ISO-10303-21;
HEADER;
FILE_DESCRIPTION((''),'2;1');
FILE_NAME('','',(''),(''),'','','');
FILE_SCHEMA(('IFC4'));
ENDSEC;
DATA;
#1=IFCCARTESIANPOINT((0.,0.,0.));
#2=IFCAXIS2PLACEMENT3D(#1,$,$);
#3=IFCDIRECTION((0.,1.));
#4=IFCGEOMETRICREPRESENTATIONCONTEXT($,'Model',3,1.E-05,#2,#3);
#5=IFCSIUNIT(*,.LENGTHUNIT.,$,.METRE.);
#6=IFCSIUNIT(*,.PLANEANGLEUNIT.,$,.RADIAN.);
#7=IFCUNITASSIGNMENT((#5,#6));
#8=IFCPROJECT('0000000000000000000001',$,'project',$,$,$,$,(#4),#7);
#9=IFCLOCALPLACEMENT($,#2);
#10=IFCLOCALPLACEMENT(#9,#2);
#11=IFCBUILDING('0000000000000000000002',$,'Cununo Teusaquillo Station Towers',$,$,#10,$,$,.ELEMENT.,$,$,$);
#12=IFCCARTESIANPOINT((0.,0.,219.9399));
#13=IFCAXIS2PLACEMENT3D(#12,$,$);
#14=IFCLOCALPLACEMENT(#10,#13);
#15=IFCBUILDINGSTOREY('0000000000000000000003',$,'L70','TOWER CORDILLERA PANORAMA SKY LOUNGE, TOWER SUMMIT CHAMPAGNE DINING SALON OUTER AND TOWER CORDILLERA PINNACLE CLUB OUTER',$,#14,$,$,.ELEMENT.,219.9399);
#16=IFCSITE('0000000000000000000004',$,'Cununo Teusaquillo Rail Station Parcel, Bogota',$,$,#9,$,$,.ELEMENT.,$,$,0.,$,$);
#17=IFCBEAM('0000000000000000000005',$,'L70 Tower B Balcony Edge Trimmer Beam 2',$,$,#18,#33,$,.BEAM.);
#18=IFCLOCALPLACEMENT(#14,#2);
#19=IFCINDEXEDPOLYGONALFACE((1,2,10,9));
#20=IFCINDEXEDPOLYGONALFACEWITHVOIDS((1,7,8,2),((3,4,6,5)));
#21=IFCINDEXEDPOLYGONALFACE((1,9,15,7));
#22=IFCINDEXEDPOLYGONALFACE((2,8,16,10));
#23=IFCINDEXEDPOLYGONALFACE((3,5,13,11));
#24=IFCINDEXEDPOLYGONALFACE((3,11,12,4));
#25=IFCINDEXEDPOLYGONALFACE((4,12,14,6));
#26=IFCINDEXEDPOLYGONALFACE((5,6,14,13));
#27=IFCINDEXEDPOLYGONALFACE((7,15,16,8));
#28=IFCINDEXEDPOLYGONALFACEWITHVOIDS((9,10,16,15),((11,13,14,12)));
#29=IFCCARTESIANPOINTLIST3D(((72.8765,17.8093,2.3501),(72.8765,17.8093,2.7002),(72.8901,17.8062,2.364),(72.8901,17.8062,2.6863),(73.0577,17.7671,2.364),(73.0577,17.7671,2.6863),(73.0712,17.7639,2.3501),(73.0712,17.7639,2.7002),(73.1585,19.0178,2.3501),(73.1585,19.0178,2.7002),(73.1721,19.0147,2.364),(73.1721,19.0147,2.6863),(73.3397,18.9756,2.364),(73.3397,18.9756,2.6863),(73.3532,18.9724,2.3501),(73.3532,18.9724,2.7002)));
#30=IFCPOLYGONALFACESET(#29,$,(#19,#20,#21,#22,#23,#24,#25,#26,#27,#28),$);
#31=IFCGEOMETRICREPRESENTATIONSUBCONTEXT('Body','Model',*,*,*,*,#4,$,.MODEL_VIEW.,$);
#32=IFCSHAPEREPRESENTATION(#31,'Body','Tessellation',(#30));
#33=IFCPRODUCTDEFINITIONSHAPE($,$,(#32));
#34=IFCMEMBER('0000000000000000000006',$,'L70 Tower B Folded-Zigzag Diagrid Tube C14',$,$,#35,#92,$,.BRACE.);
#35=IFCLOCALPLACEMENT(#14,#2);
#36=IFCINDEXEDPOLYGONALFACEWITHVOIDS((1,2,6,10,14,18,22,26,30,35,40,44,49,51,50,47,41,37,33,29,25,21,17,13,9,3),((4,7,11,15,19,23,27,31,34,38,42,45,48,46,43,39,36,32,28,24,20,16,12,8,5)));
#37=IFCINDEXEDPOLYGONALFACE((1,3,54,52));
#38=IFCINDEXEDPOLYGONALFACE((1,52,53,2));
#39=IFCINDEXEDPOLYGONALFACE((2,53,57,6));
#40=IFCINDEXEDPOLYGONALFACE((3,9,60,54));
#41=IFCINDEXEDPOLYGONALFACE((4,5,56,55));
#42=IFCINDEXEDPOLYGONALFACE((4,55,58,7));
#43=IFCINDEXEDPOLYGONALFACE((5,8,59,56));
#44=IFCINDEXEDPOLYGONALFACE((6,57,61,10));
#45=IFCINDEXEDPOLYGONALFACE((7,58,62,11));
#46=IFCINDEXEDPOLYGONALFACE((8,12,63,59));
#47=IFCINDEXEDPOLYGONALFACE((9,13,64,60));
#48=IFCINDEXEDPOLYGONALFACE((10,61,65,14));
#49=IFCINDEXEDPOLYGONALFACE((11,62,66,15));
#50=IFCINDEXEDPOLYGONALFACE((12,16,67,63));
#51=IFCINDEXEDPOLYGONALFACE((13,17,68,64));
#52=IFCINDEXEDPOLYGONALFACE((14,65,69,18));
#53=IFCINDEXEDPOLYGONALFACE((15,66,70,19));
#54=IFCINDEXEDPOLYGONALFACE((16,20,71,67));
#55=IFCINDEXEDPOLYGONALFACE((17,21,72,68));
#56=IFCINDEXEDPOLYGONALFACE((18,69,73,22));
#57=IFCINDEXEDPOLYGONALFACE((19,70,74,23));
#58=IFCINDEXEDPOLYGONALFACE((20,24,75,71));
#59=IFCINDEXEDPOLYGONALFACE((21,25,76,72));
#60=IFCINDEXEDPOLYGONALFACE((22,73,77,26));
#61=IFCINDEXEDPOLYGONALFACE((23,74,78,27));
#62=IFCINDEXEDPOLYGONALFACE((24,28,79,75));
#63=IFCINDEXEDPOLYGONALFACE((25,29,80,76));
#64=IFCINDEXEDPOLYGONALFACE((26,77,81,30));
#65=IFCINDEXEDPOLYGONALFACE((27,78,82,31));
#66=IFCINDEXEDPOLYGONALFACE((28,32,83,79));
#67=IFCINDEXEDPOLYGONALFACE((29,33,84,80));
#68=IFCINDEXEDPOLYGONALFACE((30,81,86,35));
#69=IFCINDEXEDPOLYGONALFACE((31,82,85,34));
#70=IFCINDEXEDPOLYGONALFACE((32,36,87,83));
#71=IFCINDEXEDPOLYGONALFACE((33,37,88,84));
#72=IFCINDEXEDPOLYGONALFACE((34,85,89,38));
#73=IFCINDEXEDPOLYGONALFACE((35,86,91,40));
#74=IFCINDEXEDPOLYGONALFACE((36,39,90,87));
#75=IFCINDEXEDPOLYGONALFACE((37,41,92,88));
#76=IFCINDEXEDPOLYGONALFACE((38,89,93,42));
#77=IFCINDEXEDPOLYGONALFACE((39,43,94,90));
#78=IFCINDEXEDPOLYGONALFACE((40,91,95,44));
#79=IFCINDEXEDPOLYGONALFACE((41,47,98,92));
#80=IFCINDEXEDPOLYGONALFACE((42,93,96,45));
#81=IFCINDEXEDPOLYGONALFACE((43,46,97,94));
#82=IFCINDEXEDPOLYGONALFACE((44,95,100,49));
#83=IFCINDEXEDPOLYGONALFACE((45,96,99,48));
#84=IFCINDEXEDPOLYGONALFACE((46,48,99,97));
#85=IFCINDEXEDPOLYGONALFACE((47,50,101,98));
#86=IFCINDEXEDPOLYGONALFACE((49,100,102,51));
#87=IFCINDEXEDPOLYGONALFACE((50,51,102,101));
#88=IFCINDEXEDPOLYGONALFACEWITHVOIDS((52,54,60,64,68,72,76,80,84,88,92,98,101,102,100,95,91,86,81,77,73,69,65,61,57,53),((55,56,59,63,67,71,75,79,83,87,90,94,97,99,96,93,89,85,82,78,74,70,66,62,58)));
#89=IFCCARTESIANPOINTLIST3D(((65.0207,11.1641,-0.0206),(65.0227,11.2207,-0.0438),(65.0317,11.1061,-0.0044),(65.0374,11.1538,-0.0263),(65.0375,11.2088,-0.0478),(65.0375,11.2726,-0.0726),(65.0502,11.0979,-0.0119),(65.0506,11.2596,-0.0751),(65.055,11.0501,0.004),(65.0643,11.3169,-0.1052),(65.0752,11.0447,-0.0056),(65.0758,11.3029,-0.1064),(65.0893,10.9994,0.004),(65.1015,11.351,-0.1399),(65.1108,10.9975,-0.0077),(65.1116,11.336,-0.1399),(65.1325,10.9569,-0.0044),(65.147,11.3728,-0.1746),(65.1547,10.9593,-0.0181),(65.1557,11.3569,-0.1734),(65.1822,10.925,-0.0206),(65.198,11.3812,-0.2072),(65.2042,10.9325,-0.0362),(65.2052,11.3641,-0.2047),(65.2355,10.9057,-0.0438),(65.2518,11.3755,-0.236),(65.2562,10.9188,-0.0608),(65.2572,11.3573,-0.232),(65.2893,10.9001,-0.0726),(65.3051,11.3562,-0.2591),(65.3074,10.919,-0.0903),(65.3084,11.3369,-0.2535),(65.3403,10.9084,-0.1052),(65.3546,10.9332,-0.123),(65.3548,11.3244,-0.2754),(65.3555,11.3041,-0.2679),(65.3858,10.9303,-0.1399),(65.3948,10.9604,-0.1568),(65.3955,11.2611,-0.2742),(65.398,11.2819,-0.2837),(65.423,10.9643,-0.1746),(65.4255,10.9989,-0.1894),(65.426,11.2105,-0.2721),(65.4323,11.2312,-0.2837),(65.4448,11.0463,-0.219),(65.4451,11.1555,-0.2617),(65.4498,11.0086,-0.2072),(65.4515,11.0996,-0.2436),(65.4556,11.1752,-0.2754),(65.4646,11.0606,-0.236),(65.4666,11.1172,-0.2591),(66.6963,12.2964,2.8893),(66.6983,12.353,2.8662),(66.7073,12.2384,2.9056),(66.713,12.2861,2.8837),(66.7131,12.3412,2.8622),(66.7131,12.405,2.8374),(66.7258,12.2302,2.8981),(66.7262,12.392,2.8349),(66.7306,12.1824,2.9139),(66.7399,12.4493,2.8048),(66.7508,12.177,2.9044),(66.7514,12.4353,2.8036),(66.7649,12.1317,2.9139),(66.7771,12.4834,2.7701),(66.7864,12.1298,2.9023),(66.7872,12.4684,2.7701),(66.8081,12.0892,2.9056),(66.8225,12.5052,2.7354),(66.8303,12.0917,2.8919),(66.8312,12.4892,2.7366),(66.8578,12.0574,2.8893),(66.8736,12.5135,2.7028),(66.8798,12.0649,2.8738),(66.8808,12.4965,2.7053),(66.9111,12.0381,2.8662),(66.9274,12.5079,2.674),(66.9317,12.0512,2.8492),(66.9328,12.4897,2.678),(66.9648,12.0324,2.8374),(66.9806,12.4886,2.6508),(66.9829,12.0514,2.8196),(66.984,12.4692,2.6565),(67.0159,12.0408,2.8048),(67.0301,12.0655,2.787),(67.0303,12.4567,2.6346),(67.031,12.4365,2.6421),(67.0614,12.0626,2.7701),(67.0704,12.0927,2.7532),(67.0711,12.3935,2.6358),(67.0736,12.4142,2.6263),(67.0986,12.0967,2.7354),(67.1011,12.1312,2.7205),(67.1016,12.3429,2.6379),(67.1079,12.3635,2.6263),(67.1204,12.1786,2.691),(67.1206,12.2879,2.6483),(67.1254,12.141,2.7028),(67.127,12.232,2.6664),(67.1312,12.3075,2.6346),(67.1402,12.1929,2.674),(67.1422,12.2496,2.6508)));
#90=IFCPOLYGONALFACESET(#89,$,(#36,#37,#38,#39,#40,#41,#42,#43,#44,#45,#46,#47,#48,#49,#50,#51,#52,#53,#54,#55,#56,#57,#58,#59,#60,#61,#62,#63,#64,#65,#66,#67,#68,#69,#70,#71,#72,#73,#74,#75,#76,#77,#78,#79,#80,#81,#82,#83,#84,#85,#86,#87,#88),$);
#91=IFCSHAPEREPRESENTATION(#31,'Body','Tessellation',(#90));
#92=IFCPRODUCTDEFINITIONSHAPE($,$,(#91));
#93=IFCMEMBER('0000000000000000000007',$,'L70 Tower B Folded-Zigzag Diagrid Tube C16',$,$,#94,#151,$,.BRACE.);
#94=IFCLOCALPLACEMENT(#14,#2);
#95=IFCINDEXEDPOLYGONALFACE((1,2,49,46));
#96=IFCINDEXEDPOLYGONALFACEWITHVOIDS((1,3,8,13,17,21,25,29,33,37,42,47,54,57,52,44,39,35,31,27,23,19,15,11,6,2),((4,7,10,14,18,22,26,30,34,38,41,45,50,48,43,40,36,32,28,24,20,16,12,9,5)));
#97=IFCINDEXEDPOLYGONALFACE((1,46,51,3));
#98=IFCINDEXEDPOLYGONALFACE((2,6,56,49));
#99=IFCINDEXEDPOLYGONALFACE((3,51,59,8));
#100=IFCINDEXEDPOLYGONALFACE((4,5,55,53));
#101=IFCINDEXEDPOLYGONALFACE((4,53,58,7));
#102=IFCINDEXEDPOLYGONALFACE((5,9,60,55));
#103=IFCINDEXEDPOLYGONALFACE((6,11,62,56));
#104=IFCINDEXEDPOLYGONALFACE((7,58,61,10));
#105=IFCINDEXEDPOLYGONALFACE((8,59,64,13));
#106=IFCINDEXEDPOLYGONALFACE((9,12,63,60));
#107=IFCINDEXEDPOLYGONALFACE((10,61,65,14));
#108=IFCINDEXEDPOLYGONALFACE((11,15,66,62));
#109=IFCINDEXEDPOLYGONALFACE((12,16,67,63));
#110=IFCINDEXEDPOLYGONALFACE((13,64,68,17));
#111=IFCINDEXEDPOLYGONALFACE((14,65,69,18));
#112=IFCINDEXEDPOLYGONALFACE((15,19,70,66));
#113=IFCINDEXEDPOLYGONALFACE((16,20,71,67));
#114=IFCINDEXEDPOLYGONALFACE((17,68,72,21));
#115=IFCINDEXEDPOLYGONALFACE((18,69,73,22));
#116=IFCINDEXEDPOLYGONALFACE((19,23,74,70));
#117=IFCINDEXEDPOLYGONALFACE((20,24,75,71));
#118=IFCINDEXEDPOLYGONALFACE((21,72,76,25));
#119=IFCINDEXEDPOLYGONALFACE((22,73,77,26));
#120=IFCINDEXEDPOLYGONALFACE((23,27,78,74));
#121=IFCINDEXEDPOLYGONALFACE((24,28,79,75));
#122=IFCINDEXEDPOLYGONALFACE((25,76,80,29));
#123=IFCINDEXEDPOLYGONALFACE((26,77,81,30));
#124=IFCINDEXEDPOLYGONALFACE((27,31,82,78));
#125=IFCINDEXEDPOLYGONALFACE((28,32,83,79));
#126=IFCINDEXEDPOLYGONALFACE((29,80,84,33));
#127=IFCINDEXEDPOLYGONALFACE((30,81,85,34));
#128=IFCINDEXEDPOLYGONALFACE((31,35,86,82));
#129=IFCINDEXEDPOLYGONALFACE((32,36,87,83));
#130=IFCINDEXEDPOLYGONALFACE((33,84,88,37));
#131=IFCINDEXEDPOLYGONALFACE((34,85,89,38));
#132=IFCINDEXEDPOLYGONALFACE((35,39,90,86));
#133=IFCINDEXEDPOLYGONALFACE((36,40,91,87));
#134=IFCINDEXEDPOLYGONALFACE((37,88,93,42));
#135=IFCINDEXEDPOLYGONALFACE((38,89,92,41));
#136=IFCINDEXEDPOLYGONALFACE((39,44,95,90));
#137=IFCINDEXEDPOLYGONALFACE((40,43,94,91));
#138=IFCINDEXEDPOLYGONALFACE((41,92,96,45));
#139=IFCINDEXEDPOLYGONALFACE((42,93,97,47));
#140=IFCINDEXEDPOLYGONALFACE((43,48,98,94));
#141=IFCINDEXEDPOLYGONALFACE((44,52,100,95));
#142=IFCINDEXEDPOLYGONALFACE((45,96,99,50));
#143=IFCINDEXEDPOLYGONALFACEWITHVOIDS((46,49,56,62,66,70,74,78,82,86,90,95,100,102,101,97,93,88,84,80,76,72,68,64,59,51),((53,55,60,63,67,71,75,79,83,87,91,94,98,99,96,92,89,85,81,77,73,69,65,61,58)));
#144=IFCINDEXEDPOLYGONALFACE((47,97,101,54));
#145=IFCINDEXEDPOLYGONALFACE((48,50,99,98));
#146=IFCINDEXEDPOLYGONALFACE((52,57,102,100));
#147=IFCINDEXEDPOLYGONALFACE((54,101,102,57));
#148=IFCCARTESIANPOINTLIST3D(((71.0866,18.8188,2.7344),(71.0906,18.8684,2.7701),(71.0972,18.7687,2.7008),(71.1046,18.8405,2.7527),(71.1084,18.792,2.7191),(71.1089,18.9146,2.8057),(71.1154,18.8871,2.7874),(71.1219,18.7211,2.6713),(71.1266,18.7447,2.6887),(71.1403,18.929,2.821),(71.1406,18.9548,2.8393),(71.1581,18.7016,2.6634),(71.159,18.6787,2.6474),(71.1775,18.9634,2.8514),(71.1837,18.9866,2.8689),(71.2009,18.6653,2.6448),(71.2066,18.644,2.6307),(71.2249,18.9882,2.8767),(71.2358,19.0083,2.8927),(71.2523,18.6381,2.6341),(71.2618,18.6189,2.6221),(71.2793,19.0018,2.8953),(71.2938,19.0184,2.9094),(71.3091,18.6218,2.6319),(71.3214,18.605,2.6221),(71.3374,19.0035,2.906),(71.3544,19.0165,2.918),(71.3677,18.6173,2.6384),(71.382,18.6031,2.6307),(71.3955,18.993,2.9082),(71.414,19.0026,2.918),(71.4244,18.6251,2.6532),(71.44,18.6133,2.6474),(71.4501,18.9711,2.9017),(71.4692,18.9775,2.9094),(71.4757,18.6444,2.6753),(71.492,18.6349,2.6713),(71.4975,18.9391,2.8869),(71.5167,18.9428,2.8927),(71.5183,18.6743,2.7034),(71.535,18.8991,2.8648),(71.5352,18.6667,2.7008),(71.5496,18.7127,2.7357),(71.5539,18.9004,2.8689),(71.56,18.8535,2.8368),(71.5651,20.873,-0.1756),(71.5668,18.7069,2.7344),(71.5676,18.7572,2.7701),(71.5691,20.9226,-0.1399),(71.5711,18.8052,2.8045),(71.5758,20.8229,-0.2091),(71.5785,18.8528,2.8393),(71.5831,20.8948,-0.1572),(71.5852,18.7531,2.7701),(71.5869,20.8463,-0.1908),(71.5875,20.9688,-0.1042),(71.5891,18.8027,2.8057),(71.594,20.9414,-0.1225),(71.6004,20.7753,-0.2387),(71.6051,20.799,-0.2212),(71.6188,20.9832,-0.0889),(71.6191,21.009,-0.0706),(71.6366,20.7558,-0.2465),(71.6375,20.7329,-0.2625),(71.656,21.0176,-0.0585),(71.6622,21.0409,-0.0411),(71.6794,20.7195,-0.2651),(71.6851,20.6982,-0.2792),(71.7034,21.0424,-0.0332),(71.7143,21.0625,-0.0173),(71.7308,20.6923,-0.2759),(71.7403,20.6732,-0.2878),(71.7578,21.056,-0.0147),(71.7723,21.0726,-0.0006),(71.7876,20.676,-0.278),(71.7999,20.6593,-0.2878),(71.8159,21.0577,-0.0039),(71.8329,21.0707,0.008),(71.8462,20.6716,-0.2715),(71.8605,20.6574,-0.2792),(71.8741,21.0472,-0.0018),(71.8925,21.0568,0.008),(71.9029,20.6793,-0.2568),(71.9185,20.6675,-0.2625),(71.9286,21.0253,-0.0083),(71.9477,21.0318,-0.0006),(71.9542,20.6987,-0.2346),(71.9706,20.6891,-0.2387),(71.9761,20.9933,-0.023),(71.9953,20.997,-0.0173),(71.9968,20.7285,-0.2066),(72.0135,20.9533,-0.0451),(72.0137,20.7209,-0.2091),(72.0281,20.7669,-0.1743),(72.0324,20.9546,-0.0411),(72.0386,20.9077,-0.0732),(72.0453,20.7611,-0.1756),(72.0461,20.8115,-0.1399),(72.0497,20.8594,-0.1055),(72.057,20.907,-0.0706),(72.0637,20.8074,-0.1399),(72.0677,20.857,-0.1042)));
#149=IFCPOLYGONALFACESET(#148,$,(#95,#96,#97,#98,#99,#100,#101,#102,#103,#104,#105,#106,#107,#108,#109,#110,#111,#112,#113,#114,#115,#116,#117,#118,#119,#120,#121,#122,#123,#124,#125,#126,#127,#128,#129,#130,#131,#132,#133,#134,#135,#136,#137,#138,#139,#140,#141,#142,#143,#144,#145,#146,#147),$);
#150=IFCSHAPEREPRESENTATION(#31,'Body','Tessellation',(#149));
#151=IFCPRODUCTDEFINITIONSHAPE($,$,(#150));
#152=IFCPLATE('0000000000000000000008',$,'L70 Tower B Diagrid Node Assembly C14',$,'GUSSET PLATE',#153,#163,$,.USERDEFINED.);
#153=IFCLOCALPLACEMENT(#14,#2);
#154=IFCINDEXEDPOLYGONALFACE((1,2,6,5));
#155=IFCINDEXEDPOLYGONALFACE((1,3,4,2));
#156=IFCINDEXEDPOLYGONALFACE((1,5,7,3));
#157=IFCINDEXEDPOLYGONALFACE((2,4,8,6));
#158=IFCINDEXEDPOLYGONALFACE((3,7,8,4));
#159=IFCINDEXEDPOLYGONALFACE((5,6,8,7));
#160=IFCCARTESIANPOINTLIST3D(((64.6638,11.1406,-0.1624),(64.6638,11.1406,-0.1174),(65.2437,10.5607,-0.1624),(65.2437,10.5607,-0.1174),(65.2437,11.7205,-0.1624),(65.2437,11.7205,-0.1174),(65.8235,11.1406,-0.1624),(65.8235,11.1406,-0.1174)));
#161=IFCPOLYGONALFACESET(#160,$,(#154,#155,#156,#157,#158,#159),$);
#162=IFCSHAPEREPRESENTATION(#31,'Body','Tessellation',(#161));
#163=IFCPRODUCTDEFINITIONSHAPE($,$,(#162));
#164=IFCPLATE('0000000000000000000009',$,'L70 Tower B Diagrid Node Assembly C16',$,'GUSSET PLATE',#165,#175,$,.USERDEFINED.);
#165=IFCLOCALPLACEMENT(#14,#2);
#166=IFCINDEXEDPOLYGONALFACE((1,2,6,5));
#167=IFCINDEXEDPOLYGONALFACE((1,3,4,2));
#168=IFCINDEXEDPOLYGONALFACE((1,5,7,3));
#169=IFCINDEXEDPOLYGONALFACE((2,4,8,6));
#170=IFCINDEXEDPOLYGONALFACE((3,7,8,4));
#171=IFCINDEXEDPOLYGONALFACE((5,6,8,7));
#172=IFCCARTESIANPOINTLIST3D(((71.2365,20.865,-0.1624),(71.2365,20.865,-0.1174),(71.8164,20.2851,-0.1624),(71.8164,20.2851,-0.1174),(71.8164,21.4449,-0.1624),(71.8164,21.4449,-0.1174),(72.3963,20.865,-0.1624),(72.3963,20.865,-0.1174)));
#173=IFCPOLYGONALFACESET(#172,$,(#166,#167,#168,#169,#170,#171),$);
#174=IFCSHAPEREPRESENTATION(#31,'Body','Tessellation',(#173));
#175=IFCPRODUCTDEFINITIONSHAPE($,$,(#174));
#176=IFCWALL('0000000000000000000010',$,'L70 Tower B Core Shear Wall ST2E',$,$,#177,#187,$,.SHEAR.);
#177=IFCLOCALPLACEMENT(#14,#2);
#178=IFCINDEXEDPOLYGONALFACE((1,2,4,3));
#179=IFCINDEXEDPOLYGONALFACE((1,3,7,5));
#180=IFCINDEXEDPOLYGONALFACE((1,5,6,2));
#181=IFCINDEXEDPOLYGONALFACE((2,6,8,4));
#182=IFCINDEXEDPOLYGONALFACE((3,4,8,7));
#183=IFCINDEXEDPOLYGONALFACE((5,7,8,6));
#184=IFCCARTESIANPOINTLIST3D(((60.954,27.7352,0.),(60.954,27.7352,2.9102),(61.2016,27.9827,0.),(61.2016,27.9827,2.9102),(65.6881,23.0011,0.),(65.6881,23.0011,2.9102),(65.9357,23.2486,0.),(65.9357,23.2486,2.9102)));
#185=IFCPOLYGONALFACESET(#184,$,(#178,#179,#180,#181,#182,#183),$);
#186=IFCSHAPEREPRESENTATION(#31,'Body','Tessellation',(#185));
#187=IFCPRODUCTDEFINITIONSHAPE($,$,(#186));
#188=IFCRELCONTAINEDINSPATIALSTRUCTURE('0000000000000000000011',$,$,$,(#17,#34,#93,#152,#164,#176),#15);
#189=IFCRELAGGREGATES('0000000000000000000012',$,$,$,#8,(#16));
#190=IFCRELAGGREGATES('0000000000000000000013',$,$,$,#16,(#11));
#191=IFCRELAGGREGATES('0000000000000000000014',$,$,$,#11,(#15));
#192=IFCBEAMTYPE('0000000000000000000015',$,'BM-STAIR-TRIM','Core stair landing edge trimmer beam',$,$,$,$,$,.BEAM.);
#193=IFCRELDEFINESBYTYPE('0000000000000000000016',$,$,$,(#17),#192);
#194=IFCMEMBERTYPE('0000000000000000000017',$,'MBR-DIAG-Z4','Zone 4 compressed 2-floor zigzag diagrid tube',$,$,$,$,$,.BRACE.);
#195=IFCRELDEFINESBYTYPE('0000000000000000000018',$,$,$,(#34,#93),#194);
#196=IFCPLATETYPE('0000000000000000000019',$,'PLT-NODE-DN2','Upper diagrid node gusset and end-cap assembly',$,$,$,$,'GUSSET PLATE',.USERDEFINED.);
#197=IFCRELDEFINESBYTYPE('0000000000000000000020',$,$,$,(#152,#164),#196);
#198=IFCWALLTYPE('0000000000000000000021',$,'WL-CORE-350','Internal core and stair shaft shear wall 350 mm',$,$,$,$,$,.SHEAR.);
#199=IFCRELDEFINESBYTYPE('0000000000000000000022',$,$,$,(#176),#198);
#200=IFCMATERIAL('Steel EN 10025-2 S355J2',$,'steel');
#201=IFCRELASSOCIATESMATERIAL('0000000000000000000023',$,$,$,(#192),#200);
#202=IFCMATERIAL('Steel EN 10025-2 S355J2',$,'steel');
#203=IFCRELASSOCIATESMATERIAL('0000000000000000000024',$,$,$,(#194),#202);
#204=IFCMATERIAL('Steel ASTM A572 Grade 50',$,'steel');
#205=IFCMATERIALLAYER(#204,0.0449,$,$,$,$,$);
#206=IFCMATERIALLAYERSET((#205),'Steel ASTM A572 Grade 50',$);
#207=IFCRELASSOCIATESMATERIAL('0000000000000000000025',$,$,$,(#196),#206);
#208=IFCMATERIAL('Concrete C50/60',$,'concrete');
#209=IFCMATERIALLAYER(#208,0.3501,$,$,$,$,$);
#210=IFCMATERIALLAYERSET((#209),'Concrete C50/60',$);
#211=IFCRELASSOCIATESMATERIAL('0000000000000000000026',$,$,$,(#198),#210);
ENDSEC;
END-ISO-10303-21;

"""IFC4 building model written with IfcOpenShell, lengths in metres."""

from ifc_helpers import new_model, si_unit, direction, frame, frame_2d, origin, origin_2d, place, context, subcontext, project, spatial, rectangle, hollow_rectangle, hollow_circle, extrude, source, transform, mapped, material, layer, layer_set, material_profile, profile_set, type_object, element, save


model = new_model("IFC4")

# Units and contexts
model_context = context("Model", 3, precision=1e-05, world=origin(), true_north=direction((0.0, 1.0)))
body_context = subcontext(model_context, "Body", "Model", "MODEL_VIEW")
ifc_project = project(units=[si_unit("LENGTHUNIT", "METRE"), si_unit("PLANEANGLEUNIT", "RADIAN")], contexts=[model_context])

# Site, building, storey
site_placement = place(None, origin())
site = spatial("IfcSite", under=ifc_project, at=site_placement, Name="Cununo Teusaquillo Rail Station Parcel, Bogota", CompositionType="ELEMENT", RefElevation=0.0)
building_placement = place(site_placement, origin())
building = spatial("IfcBuilding", under=site, at=building_placement, Name="Cununo Teusaquillo Station Towers", CompositionType="ELEMENT")
storey_placement = place(building_placement, frame((0.0, 0.0, 219.9399)))
storey = spatial("IfcBuildingStorey", under=building, at=storey_placement, Name="L70", Description="TOWER CORDILLERA PANORAMA SKY LOUNGE, TOWER SUMMIT CHAMPAGNE DINING SALON OUTER AND TOWER CORDILLERA PINNACLE CLUB OUTER", CompositionType="ELEMENT", Elevation=219.9399)

# Beam
ifc_material_1 = material(Name="Steel EN 10025-2 S355J2", Category="steel")
ifc_material_profile_1 = material_profile(ifc_material_1, hollow_rectangle(XDim=0.2, YDim=0.3501, WallThickness=0.0139, at=origin_2d()), Name="RHS 350x200x14")
ifc_profile_set_1 = profile_set([ifc_material_profile_1], Name="Steel EN 10025-2 S355J2")
beam_type_1 = type_object("IfcBeamType", Name="BM-STAIR-TRIM", Description="Core stair landing edge trimmer beam", PredefinedType="BEAM", material=ifc_profile_set_1)
beam_1_placement = place(storey_placement, frame((72.9739, 17.7866, 2.5251), z_axis=(0.22723, 0.973841, 0.0), x_axis=(-0.973841, 0.22723, 0.0)))
element("IfcBeam", 1, at=beam_1_placement, inside=storey, type_object=beam_type_1, Name="L70 Tower B Balcony Edge Trimmer Beam 2", PredefinedType="BEAM", context=body_context, shape_type="SweptSolid", body=[
    extrude(hollow_rectangle(XDim=0.2, YDim=0.3501, WallThickness=0.0139, at=origin_2d()), origin(), (0.0, 0.0, 1.0), 1.241),
])

# Members
ifc_material_2 = material(Name="Steel EN 10025-2 S355J2", Category="steel")
ifc_material_profile_2 = material_profile(ifc_material_2, hollow_circle(Radius=0.2539, WallThickness=0.0181, at=origin_2d()), Name="CHS 508x18")
ifc_profile_set_2 = profile_set([ifc_material_profile_2], Name="Steel EN 10025-2 S355J2")
member_type = type_object("IfcMemberType", Name="MBR-DIAG-Z4", Description="Zone 4 compressed 2-floor zigzag diagrid tube", PredefinedType="BRACE", material=ifc_profile_set_2)
member_1_placement = place(storey_placement, frame((65.2437, 11.1406, -0.1399), z_axis=(0.472833, 0.31954, 0.821172), x_axis=(-0.559927, 0.828542, 0.0)))
element("IfcMember", 2, at=member_1_placement, inside=storey, type_object=member_type, Name="L70 Tower B Folded-Zigzag Diagrid Tube C14", PredefinedType="BRACE", context=body_context, shape_type="SweptSolid", body=[
    extrude(hollow_circle(Radius=0.2539, WallThickness=0.0181, at=origin_2d()), origin(), (0.0, 0.0, 1.0), 3.5437),
])
member_2_placement = place(storey_placement, frame((71.8164, 20.865, -0.1399), z_axis=(-0.133146, -0.571575, 0.809675), x_axis=(0.973925, -0.226871, 0.0)))
element("IfcMember", 3, at=member_2_placement, inside=storey, type_object=member_type, Name="L70 Tower B Folded-Zigzag Diagrid Tube C16", PredefinedType="BRACE", context=body_context, shape_type="SweptSolid", body=[
    extrude(hollow_circle(Radius=0.2539, WallThickness=0.0181, at=origin_2d()), origin(), (0.0, 0.0, 1.0), 3.594),
])

# Plates
ifc_material_3 = material(Name="Steel ASTM A572 Grade 50", Category="steel")
ifc_layer_1 = layer(ifc_material_3, 0.0449)
ifc_layer_set_1 = layer_set([ifc_layer_1], Name="Steel ASTM A572 Grade 50")
plate_type = type_object("IfcPlateType", Name="PLT-NODE-DN2", Description="Upper diagrid node gusset and end-cap assembly", ElementType="GUSSET PLATE", PredefinedType="USERDEFINED", material=ifc_layer_set_1)
shared_shape_1 = source(origin(), body_context, "Body", "SweptSolid", [
    extrude(rectangle(XDim=0.8201, YDim=0.8201, at=origin_2d()), origin(), (0.0, 0.0, 1.0), 0.0449),
])
for number, where, z_axis, x_axis, name in (
    (4, (65.2437, 11.1406, -0.1624), (0.0, 0.0, 1.0), (0.707107, 0.707107, 0.0), "L70 Tower B Diagrid Node Assembly C14"),
    (5, (71.8164, 20.865, -0.1624), (0.0, 0.0, 1.0), (0.707107, 0.707107, 0.0), "L70 Tower B Diagrid Node Assembly C16"),
):
    element("IfcPlate", number, at=place(storey_placement, frame(where, z_axis=z_axis, x_axis=x_axis)), inside=storey, type_object=plate_type, Name=name, ObjectType="GUSSET PLATE", PredefinedType="USERDEFINED", context=body_context, shape_type="MappedRepresentation", body=[
        mapped(shared_shape_1, transform((0.0, 0.0, 0.0), x_axis=(1.0, 0.0, 0.0), y_axis=(0.0, 1.0, 0.0), z_axis=(0.0, 0.0, 1.0), scale=1.0)),
    ])

# Wall
ifc_material_4 = material(Name="Concrete C50/60", Category="concrete")
ifc_layer_2 = layer(ifc_material_4, 0.3501)
ifc_layer_set_2 = layer_set([ifc_layer_2], Name="Concrete C50/60")
wall_type_1 = type_object("IfcWallType", Name="WL-CORE-350", Description="Internal core and stair shaft shear wall 350 mm", PredefinedType="SHEAR", material=ifc_layer_set_2)
wall_1_placement = place(storey_placement, frame((65.812, 23.1248, 0.0), z_axis=(0.0, 0.0, 1.0), x_axis=(-0.707107, 0.707107, 0.0)))
element("IfcWall", 6, at=wall_1_placement, inside=storey, type_object=wall_type_1, Name="L70 Tower B Core Shear Wall ST2E", PredefinedType="SHEAR", context=body_context, shape_type="SweptSolid", body=[
    extrude(rectangle(XDim=6.6951, YDim=0.3501, at=frame_2d((3.3477, 0.0))), origin(), (0.0, 0.0, 1.0), 2.9102),
])

save(model, "model.ifc")
